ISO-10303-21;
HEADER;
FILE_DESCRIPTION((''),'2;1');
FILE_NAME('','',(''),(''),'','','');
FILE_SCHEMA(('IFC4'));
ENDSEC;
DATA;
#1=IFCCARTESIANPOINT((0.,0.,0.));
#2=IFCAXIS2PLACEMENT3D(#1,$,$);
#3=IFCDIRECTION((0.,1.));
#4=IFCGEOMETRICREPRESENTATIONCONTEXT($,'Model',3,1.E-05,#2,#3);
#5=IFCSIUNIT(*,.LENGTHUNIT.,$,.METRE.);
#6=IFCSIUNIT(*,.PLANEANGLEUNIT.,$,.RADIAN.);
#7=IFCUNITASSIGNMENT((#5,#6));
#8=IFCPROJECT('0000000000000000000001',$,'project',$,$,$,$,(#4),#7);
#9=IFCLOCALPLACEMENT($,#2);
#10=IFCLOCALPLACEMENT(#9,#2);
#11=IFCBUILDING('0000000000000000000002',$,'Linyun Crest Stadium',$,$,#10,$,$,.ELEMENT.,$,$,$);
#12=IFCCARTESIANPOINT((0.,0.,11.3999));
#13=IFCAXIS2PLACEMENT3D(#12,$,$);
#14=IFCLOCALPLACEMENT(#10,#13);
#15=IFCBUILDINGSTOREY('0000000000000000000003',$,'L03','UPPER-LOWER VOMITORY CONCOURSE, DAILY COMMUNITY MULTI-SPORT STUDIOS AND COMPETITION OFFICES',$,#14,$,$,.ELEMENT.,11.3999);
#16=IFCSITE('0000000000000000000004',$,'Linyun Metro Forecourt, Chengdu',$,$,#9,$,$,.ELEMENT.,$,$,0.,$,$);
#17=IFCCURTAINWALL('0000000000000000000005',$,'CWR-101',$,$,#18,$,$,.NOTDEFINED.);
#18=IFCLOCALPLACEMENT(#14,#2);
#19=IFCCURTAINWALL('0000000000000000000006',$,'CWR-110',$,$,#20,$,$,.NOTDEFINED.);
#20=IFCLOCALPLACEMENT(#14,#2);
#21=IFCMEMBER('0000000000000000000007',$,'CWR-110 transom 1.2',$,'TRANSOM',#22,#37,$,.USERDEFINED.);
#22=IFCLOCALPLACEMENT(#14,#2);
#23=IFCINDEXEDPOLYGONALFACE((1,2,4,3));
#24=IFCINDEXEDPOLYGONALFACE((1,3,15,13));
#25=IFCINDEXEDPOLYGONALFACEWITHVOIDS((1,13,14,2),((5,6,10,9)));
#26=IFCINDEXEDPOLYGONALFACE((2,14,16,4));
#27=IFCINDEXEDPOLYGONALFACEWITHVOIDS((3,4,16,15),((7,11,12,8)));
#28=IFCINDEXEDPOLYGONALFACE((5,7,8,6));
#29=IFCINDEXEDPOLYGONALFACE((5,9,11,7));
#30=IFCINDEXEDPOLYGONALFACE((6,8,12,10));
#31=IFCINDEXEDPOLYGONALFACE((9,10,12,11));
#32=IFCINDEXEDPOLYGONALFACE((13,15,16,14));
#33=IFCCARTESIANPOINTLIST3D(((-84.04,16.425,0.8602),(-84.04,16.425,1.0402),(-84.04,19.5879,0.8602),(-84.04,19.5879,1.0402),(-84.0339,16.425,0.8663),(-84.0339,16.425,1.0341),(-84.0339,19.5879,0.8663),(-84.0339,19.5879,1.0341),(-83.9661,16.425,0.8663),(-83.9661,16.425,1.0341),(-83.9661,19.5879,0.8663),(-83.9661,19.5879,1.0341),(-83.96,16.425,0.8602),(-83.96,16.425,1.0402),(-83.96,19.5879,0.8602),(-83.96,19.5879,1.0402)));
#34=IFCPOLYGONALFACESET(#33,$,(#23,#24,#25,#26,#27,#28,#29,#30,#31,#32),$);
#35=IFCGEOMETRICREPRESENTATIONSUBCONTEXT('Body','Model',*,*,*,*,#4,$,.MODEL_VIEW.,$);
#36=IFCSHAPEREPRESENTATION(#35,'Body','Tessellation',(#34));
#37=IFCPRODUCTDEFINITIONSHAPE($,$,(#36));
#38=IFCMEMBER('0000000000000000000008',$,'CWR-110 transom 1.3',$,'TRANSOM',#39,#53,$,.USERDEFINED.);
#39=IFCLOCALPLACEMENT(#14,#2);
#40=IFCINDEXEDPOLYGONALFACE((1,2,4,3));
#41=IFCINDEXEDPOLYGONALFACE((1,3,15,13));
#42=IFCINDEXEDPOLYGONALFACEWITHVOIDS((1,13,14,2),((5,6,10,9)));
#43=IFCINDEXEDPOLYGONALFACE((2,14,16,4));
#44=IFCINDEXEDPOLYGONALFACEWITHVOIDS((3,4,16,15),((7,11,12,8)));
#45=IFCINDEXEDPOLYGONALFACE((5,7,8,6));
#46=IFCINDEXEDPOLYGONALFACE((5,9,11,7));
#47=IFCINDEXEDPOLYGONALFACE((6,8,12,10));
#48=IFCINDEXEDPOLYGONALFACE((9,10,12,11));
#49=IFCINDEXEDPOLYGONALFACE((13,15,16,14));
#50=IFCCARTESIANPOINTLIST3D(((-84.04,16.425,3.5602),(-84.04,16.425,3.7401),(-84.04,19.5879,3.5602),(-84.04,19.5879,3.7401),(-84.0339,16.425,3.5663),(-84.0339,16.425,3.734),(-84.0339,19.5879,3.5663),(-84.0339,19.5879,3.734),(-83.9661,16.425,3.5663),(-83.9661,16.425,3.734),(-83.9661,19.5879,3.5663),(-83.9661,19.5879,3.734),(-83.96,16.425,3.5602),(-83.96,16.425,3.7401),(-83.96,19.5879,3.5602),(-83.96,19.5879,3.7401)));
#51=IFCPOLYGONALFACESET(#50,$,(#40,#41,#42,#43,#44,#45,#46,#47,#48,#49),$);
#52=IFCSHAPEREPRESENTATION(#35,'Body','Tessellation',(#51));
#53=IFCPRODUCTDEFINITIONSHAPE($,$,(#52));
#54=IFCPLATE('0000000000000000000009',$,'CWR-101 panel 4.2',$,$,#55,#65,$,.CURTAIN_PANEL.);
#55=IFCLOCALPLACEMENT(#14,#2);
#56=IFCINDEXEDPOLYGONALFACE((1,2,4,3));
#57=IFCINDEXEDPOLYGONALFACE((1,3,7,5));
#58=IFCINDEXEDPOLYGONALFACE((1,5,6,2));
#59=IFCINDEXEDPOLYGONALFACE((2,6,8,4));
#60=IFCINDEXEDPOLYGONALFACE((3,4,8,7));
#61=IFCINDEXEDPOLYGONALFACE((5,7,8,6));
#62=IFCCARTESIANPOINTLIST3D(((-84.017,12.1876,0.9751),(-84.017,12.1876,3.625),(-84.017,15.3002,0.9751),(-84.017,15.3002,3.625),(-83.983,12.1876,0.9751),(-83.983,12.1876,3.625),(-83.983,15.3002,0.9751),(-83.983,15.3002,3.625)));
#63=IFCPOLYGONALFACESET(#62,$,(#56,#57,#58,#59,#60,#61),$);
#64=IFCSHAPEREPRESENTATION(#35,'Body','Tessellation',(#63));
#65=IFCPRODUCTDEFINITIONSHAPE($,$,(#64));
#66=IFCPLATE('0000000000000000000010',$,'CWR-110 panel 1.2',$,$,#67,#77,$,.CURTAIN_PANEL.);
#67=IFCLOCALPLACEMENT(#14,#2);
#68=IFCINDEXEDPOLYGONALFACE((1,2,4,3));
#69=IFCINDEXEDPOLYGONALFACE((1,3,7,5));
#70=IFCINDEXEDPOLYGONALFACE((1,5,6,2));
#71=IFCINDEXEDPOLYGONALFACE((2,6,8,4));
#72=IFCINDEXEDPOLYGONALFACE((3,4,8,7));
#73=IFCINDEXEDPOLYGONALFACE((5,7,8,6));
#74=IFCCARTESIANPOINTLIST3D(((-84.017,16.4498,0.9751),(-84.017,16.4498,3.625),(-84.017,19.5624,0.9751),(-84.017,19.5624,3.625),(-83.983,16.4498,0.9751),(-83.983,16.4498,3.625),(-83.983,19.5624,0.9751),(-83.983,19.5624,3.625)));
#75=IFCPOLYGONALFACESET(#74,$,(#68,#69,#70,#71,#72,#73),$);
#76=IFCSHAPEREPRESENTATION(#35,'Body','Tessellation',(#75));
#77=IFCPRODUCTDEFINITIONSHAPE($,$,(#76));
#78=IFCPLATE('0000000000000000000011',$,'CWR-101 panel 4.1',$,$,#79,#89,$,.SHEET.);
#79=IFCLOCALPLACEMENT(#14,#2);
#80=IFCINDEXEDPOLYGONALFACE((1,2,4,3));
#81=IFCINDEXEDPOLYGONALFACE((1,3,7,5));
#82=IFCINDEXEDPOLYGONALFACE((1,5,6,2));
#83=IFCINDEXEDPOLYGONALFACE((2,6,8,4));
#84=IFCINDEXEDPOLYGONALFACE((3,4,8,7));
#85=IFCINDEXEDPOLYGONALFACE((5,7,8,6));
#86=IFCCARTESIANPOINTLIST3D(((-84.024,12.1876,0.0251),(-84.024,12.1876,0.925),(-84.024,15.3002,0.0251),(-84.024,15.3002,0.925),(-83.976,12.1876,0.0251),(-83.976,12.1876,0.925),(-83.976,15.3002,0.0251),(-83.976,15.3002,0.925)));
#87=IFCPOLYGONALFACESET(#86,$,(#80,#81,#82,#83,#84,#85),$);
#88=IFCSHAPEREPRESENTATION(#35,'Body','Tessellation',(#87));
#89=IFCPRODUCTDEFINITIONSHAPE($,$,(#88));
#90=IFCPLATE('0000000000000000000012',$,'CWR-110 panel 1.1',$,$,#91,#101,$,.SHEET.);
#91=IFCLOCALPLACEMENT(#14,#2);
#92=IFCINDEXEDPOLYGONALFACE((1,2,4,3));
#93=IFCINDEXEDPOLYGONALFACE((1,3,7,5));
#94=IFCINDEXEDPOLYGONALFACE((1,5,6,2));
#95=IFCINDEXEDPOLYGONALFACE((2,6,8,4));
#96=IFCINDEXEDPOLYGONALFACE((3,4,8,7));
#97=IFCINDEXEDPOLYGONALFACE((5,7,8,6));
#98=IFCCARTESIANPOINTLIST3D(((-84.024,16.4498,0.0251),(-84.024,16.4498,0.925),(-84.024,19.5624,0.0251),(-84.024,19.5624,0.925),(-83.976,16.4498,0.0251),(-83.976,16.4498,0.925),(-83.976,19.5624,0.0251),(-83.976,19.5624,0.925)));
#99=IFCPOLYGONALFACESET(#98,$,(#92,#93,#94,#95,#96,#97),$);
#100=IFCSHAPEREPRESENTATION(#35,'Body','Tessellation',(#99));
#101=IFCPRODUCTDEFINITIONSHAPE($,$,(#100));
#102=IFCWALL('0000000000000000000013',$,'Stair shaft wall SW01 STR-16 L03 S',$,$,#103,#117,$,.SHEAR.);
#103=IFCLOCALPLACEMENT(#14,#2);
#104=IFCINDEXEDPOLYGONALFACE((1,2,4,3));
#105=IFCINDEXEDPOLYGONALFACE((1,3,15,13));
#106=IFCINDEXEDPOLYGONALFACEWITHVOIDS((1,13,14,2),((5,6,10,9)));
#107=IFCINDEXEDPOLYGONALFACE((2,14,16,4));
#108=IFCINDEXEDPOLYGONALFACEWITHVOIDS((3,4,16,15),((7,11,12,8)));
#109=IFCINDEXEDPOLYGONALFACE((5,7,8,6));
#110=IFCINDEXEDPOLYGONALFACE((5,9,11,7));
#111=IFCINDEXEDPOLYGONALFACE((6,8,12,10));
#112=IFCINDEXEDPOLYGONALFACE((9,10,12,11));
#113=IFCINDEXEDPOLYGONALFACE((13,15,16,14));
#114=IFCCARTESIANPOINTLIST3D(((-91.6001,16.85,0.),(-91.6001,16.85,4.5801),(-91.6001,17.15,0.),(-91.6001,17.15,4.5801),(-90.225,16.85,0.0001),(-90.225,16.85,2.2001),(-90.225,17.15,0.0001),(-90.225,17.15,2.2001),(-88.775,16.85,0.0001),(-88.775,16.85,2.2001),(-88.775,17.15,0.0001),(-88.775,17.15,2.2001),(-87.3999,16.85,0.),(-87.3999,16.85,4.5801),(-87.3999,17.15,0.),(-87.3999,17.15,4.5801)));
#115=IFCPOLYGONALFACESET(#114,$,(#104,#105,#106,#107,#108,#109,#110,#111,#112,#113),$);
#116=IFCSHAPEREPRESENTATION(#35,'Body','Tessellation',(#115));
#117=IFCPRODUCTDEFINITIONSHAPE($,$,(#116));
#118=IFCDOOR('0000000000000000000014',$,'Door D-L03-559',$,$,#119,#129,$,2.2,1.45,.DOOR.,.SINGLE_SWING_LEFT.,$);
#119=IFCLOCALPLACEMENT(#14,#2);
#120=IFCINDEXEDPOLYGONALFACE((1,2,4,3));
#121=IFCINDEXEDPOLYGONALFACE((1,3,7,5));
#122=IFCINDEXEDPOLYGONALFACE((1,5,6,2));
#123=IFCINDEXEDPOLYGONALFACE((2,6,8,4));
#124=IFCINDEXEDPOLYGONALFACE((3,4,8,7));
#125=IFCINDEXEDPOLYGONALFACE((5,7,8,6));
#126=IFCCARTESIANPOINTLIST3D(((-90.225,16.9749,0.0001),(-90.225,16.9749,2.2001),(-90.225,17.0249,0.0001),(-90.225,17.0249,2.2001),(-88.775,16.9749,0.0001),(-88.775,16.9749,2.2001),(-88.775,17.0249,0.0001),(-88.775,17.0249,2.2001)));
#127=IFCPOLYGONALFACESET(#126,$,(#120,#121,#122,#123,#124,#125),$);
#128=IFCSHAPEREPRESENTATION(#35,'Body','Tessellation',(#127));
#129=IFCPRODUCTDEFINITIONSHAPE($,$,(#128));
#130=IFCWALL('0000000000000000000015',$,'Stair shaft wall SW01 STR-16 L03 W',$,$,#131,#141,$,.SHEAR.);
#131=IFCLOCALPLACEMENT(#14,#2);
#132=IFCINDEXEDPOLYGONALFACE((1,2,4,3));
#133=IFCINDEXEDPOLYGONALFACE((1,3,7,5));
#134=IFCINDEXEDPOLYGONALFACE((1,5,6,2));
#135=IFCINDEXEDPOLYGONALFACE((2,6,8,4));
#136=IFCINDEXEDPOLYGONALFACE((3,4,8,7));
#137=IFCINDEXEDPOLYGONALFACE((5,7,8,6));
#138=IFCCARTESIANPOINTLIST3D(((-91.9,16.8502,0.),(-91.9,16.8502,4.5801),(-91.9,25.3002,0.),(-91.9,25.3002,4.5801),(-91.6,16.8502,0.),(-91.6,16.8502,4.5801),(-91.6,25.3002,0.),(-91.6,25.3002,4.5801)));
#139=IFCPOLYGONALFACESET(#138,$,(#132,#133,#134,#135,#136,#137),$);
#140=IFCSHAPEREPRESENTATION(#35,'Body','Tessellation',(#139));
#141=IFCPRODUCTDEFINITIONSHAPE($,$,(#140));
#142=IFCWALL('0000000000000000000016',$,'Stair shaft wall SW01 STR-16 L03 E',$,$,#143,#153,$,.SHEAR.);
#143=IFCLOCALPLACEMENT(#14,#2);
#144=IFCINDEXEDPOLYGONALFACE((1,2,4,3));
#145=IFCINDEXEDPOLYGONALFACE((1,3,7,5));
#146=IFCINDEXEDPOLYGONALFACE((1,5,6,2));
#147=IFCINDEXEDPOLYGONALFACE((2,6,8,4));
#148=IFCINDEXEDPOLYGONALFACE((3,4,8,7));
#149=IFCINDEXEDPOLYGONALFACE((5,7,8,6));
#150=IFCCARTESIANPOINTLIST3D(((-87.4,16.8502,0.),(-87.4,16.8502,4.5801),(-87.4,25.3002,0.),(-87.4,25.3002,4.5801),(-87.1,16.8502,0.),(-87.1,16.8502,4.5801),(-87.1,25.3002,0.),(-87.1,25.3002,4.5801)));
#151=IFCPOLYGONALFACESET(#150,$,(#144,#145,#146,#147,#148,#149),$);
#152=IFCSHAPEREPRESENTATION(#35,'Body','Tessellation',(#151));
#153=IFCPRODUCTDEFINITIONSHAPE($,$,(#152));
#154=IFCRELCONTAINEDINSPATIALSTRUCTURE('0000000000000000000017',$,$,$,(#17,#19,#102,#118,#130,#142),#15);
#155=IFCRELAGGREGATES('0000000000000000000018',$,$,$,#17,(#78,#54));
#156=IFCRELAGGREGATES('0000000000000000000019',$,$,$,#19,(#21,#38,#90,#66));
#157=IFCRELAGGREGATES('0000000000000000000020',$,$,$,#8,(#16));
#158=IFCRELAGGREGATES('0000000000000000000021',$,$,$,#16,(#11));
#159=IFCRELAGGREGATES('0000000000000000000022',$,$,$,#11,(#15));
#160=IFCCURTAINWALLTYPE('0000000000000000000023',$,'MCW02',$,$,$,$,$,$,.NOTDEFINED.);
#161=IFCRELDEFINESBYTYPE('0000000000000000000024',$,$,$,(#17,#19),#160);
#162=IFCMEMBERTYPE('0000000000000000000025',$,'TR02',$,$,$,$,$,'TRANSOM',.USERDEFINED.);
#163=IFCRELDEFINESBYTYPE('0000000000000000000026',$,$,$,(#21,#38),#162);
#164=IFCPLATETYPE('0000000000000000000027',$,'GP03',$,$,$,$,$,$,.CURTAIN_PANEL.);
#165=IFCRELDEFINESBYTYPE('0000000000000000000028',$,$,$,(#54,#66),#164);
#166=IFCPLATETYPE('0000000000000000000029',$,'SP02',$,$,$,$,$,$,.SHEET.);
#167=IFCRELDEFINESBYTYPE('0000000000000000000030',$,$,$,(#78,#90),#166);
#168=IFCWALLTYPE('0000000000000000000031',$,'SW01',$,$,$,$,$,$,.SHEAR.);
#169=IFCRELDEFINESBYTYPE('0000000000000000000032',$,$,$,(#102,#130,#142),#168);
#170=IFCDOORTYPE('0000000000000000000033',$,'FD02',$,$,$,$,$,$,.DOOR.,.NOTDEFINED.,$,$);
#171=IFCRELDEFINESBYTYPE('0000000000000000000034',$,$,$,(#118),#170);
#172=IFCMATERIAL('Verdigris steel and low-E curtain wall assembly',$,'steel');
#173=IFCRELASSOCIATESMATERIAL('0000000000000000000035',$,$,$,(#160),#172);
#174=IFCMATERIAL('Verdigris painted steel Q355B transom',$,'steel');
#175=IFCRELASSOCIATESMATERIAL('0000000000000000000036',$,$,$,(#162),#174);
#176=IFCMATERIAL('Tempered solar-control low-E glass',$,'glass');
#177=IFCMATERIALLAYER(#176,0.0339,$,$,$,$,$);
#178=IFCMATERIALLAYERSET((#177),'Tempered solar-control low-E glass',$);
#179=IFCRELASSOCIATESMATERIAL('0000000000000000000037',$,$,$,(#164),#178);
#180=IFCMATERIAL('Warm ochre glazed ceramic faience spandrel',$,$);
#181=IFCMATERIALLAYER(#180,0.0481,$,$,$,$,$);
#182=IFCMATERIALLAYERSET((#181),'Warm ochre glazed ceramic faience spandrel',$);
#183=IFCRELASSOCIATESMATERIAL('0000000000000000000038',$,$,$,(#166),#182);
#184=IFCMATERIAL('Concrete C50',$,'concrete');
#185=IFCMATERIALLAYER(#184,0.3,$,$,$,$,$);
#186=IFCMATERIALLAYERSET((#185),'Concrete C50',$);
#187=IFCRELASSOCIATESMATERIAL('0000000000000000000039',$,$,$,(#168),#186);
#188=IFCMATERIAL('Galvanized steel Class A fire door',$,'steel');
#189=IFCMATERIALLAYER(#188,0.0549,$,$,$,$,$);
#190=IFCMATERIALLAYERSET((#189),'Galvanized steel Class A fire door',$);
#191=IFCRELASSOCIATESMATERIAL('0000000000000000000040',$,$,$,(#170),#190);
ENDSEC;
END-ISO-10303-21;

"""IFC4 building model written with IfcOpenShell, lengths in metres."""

from ifc_helpers import new_model, si_unit, direction, frame, frame_2d, origin, origin_2d, place, context, subcontext, project, spatial, rectangle, hollow_rectangle, extrude, material, layer, layer_set, material_profile, profile_set, type_object, element, fill, aggregate, save


model = new_model("IFC4")

# Units and contexts
model_context = context("Model", 3, precision=1e-05, world=origin(), true_north=direction((0.0, 1.0)))
body_context = subcontext(model_context, "Body", "Model", "MODEL_VIEW")
ifc_project = project(units=[si_unit("LENGTHUNIT", "METRE"), si_unit("PLANEANGLEUNIT", "RADIAN")], contexts=[model_context])

# Site, building, storey
site_placement = place(None, origin())
site = spatial("IfcSite", under=ifc_project, at=site_placement, Name="Linyun Metro Forecourt, Chengdu", CompositionType="ELEMENT", RefElevation=0.0)
building_placement = place(site_placement, origin())
building = spatial("IfcBuilding", under=site, at=building_placement, Name="Linyun Crest Stadium", CompositionType="ELEMENT")
storey_placement = place(building_placement, frame((0.0, 0.0, 11.3999)))
storey = spatial("IfcBuildingStorey", under=building, at=storey_placement, Name="L03", Description="UPPER-LOWER VOMITORY CONCOURSE, DAILY COMMUNITY MULTI-SPORT STUDIOS AND COMPETITION OFFICES", CompositionType="ELEMENT", Elevation=11.3999)

# Curtain walls
ifc_material_1 = material(Name="Verdigris steel and low-E curtain wall assembly", Category="steel")
curtain_wall_type = type_object("IfcCurtainWallType", Name="MCW02", PredefinedType="NOTDEFINED", material=ifc_material_1)
curtain_wall_1_placement = place(storey_placement, origin())
curtain_wall_1 = element("IfcCurtainWall", 1, at=curtain_wall_1_placement, inside=storey, type_object=curtain_wall_type, Name="CWR-101", PredefinedType="NOTDEFINED")
curtain_wall_2_placement = place(storey_placement, origin())
curtain_wall_2 = element("IfcCurtainWall", 2, at=curtain_wall_2_placement, inside=storey, type_object=curtain_wall_type, Name="CWR-110", PredefinedType="NOTDEFINED")

# Members
ifc_material_2 = material(Name="Verdigris painted steel Q355B transom", Category="steel")
ifc_material_profile_1 = material_profile(ifc_material_2, hollow_rectangle(XDim=0.0801, YDim=0.1799, WallThickness=0.0061, at=origin_2d()), Name="RHS 180x80x6")
ifc_profile_set_1 = profile_set([ifc_material_profile_1], Name="Verdigris painted steel Q355B transom")
member_type_1 = type_object("IfcMemberType", Name="TR02", ElementType="TRANSOM", PredefinedType="USERDEFINED", material=ifc_profile_set_1)
member_1_placement = place(storey_placement, frame((-84.0, 16.425, 0.9502), z_axis=(0.0, 1.0, 0.0), x_axis=(-1.0, 0.0, 0.0)))
member_1 = element("IfcMember", 3, at=member_1_placement, type_object=member_type_1, Name="CWR-110 transom 1.2", ObjectType="TRANSOM", PredefinedType="USERDEFINED", context=body_context, shape_type="SweptSolid", body=[
    extrude(hollow_rectangle(XDim=0.0801, YDim=0.1799, WallThickness=0.0061, at=origin_2d()), origin(), (0.0, 0.0, 1.0), 3.1628),
])
member_2_placement = place(storey_placement, frame((-84.0, 16.425, 3.6501), z_axis=(0.0, 1.0, 0.0), x_axis=(-1.0, 0.0, 0.0)))
member_2 = element("IfcMember", 4, at=member_2_placement, type_object=member_type_1, Name="CWR-110 transom 1.3", ObjectType="TRANSOM", PredefinedType="USERDEFINED", context=body_context, shape_type="SweptSolid", body=[
    extrude(hollow_rectangle(XDim=0.0801, YDim=0.1799, WallThickness=0.0061, at=origin_2d()), origin(), (0.0, 0.0, 1.0), 3.1628),
])

# Plates
ifc_material_3 = material(Name="Tempered solar-control low-E glass", Category="glass")
ifc_layer_1 = layer(ifc_material_3, 0.0339)
ifc_layer_set_1 = layer_set([ifc_layer_1], Name="Tempered solar-control low-E glass")
plate_type_1 = type_object("IfcPlateType", Name="GP03", PredefinedType="CURTAIN_PANEL", material=ifc_layer_set_1)
plate_1_placement = place(storey_placement, frame((-84.0, 13.7439, 0.9751), z_axis=(0.0, 0.0, 1.0), x_axis=(0.0, 1.0, 0.0)))
plate_1 = element("IfcPlate", 5, at=plate_1_placement, type_object=plate_type_1, Name="CWR-101 panel 4.2", PredefinedType="CURTAIN_PANEL", context=body_context, shape_type="SweptSolid", body=[
    extrude(rectangle(XDim=3.1125, YDim=0.0339, at=origin_2d()), origin(), (0.0, 0.0, 1.0), 2.6499),
])
plate_2_placement = place(storey_placement, frame((-84.0, 18.0061, 0.9751), z_axis=(0.0, 0.0, 1.0), x_axis=(0.0, 1.0, 0.0)))
plate_2 = element("IfcPlate", 6, at=plate_2_placement, type_object=plate_type_1, Name="CWR-110 panel 1.2", PredefinedType="CURTAIN_PANEL", context=body_context, shape_type="SweptSolid", body=[
    extrude(rectangle(XDim=3.1125, YDim=0.0339, at=origin_2d()), origin(), (0.0, 0.0, 1.0), 2.6499),
])
ifc_material_4 = material(Name="Warm ochre glazed ceramic faience spandrel")
ifc_layer_2 = layer(ifc_material_4, 0.0481)
ifc_layer_set_2 = layer_set([ifc_layer_2], Name="Warm ochre glazed ceramic faience spandrel")
plate_type_2 = type_object("IfcPlateType", Name="SP02", PredefinedType="SHEET", material=ifc_layer_set_2)
plate_3_placement = place(storey_placement, frame((-84.0, 13.7439, 0.0251), z_axis=(0.0, 0.0, 1.0), x_axis=(0.0, 1.0, 0.0)))
plate_3 = element("IfcPlate", 7, at=plate_3_placement, type_object=plate_type_2, Name="CWR-101 panel 4.1", PredefinedType="SHEET", context=body_context, shape_type="SweptSolid", body=[
    extrude(rectangle(XDim=3.1125, YDim=0.0481, at=origin_2d()), origin(), (0.0, 0.0, 1.0), 0.8999),
])
aggregate(curtain_wall_1, [plate_3, plate_1])
plate_4_placement = place(storey_placement, frame((-84.0, 18.0061, 0.0251), z_axis=(0.0, 0.0, 1.0), x_axis=(0.0, 1.0, 0.0)))
plate_4 = element("IfcPlate", 8, at=plate_4_placement, type_object=plate_type_2, Name="CWR-110 panel 1.1", PredefinedType="SHEET", context=body_context, shape_type="SweptSolid", body=[
    extrude(rectangle(XDim=3.1125, YDim=0.0481, at=origin_2d()), origin(), (0.0, 0.0, 1.0), 0.8999),
])
aggregate(curtain_wall_2, [member_1, member_2, plate_4, plate_2])

# Wall, opening, door
ifc_material_5 = material(Name="Concrete C50", Category="concrete")
ifc_layer_3 = layer(ifc_material_5, 0.3)
ifc_layer_set_3 = layer_set([ifc_layer_3], Name="Concrete C50")
wall_type = type_object("IfcWallType", Name="SW01", PredefinedType="SHEAR", material=ifc_layer_set_3)
wall_placement = place(storey_placement, frame((-91.6001, 17.0, 0.0), z_axis=(0.0, 0.0, 1.0), x_axis=(1.0, 0.0, 0.0)))
wall = element("IfcWall", 9, at=wall_placement, inside=storey, type_object=wall_type, Name="Stair shaft wall SW01 STR-16 L03 S", PredefinedType="SHEAR", context=body_context, shape_type="SweptSolid", body=[
    extrude(rectangle(XDim=4.2002, YDim=0.3, at=frame_2d((2.1001, 0.0))), origin(), (0.0, 0.0, 1.0), 4.5801),
])
opening_placement = place(wall_placement, frame((1.375, 0.0, 0.0)))
opening = element("IfcOpeningElement", 10, at=opening_placement, cuts=wall, PredefinedType="OPENING", context=body_context, shape_type="SweptSolid", body=[
    extrude(rectangle(XDim=1.45, YDim=2.2, at=frame_2d((0.7251, 1.1001))), frame((0.0, 0.1599, 0.0), z_axis=(0.0, -1.0, 0.0), x_axis=(1.0, 0.0, 0.0)), (0.0, 0.0, 1.0), 0.3201),
])
ifc_material_6 = material(Name="Galvanized steel Class A fire door", Category="steel")
ifc_layer_4 = layer(ifc_material_6, 0.0549)
ifc_layer_set_4 = layer_set([ifc_layer_4], Name="Galvanized steel Class A fire door")
door_type = type_object("IfcDoorType", Name="FD02", OperationType="NOTDEFINED", PredefinedType="DOOR", material=ifc_layer_set_4)
door_placement = place(opening_placement, origin())
door = element("IfcDoor", 11, at=door_placement, inside=storey, type_object=door_type, Name="Door D-L03-559", OperationType="SINGLE_SWING_LEFT", OverallHeight=2.2, OverallWidth=1.45, PredefinedType="DOOR", context=body_context, shape_type="SweptSolid", body=[
    extrude(rectangle(XDim=1.45, YDim=2.2, at=frame_2d((0.7251, 1.1001))), frame((0.0, 0.0249, 0.0), z_axis=(0.0, -1.0, 0.0), x_axis=(1.0, 0.0, 0.0)), (0.0, 0.0, 1.0), 0.05),
])
fill(opening, door)

# Walls
for number, where, z_axis, x_axis, name in (
    (12, (-91.75, 16.8501, 0.0), (0.0, 0.0, 1.0), (0.0, 1.0, 0.0), "Stair shaft wall SW01 STR-16 L03 W"),
    (13, (-87.25, 16.8501, 0.0), (0.0, 0.0, 1.0), (0.0, 1.0, 0.0), "Stair shaft wall SW01 STR-16 L03 E"),
):
    element("IfcWall", number, at=place(storey_placement, frame(where, z_axis=z_axis, x_axis=x_axis)), inside=storey, type_object=wall_type, Name=name, PredefinedType="SHEAR", context=body_context, shape_type="SweptSolid", body=[
        extrude(rectangle(XDim=8.45, YDim=0.3, at=frame_2d((4.2251, 0.0))), origin(), (0.0, 0.0, 1.0), 4.5801),
    ])

save(model, "model.ifc")
